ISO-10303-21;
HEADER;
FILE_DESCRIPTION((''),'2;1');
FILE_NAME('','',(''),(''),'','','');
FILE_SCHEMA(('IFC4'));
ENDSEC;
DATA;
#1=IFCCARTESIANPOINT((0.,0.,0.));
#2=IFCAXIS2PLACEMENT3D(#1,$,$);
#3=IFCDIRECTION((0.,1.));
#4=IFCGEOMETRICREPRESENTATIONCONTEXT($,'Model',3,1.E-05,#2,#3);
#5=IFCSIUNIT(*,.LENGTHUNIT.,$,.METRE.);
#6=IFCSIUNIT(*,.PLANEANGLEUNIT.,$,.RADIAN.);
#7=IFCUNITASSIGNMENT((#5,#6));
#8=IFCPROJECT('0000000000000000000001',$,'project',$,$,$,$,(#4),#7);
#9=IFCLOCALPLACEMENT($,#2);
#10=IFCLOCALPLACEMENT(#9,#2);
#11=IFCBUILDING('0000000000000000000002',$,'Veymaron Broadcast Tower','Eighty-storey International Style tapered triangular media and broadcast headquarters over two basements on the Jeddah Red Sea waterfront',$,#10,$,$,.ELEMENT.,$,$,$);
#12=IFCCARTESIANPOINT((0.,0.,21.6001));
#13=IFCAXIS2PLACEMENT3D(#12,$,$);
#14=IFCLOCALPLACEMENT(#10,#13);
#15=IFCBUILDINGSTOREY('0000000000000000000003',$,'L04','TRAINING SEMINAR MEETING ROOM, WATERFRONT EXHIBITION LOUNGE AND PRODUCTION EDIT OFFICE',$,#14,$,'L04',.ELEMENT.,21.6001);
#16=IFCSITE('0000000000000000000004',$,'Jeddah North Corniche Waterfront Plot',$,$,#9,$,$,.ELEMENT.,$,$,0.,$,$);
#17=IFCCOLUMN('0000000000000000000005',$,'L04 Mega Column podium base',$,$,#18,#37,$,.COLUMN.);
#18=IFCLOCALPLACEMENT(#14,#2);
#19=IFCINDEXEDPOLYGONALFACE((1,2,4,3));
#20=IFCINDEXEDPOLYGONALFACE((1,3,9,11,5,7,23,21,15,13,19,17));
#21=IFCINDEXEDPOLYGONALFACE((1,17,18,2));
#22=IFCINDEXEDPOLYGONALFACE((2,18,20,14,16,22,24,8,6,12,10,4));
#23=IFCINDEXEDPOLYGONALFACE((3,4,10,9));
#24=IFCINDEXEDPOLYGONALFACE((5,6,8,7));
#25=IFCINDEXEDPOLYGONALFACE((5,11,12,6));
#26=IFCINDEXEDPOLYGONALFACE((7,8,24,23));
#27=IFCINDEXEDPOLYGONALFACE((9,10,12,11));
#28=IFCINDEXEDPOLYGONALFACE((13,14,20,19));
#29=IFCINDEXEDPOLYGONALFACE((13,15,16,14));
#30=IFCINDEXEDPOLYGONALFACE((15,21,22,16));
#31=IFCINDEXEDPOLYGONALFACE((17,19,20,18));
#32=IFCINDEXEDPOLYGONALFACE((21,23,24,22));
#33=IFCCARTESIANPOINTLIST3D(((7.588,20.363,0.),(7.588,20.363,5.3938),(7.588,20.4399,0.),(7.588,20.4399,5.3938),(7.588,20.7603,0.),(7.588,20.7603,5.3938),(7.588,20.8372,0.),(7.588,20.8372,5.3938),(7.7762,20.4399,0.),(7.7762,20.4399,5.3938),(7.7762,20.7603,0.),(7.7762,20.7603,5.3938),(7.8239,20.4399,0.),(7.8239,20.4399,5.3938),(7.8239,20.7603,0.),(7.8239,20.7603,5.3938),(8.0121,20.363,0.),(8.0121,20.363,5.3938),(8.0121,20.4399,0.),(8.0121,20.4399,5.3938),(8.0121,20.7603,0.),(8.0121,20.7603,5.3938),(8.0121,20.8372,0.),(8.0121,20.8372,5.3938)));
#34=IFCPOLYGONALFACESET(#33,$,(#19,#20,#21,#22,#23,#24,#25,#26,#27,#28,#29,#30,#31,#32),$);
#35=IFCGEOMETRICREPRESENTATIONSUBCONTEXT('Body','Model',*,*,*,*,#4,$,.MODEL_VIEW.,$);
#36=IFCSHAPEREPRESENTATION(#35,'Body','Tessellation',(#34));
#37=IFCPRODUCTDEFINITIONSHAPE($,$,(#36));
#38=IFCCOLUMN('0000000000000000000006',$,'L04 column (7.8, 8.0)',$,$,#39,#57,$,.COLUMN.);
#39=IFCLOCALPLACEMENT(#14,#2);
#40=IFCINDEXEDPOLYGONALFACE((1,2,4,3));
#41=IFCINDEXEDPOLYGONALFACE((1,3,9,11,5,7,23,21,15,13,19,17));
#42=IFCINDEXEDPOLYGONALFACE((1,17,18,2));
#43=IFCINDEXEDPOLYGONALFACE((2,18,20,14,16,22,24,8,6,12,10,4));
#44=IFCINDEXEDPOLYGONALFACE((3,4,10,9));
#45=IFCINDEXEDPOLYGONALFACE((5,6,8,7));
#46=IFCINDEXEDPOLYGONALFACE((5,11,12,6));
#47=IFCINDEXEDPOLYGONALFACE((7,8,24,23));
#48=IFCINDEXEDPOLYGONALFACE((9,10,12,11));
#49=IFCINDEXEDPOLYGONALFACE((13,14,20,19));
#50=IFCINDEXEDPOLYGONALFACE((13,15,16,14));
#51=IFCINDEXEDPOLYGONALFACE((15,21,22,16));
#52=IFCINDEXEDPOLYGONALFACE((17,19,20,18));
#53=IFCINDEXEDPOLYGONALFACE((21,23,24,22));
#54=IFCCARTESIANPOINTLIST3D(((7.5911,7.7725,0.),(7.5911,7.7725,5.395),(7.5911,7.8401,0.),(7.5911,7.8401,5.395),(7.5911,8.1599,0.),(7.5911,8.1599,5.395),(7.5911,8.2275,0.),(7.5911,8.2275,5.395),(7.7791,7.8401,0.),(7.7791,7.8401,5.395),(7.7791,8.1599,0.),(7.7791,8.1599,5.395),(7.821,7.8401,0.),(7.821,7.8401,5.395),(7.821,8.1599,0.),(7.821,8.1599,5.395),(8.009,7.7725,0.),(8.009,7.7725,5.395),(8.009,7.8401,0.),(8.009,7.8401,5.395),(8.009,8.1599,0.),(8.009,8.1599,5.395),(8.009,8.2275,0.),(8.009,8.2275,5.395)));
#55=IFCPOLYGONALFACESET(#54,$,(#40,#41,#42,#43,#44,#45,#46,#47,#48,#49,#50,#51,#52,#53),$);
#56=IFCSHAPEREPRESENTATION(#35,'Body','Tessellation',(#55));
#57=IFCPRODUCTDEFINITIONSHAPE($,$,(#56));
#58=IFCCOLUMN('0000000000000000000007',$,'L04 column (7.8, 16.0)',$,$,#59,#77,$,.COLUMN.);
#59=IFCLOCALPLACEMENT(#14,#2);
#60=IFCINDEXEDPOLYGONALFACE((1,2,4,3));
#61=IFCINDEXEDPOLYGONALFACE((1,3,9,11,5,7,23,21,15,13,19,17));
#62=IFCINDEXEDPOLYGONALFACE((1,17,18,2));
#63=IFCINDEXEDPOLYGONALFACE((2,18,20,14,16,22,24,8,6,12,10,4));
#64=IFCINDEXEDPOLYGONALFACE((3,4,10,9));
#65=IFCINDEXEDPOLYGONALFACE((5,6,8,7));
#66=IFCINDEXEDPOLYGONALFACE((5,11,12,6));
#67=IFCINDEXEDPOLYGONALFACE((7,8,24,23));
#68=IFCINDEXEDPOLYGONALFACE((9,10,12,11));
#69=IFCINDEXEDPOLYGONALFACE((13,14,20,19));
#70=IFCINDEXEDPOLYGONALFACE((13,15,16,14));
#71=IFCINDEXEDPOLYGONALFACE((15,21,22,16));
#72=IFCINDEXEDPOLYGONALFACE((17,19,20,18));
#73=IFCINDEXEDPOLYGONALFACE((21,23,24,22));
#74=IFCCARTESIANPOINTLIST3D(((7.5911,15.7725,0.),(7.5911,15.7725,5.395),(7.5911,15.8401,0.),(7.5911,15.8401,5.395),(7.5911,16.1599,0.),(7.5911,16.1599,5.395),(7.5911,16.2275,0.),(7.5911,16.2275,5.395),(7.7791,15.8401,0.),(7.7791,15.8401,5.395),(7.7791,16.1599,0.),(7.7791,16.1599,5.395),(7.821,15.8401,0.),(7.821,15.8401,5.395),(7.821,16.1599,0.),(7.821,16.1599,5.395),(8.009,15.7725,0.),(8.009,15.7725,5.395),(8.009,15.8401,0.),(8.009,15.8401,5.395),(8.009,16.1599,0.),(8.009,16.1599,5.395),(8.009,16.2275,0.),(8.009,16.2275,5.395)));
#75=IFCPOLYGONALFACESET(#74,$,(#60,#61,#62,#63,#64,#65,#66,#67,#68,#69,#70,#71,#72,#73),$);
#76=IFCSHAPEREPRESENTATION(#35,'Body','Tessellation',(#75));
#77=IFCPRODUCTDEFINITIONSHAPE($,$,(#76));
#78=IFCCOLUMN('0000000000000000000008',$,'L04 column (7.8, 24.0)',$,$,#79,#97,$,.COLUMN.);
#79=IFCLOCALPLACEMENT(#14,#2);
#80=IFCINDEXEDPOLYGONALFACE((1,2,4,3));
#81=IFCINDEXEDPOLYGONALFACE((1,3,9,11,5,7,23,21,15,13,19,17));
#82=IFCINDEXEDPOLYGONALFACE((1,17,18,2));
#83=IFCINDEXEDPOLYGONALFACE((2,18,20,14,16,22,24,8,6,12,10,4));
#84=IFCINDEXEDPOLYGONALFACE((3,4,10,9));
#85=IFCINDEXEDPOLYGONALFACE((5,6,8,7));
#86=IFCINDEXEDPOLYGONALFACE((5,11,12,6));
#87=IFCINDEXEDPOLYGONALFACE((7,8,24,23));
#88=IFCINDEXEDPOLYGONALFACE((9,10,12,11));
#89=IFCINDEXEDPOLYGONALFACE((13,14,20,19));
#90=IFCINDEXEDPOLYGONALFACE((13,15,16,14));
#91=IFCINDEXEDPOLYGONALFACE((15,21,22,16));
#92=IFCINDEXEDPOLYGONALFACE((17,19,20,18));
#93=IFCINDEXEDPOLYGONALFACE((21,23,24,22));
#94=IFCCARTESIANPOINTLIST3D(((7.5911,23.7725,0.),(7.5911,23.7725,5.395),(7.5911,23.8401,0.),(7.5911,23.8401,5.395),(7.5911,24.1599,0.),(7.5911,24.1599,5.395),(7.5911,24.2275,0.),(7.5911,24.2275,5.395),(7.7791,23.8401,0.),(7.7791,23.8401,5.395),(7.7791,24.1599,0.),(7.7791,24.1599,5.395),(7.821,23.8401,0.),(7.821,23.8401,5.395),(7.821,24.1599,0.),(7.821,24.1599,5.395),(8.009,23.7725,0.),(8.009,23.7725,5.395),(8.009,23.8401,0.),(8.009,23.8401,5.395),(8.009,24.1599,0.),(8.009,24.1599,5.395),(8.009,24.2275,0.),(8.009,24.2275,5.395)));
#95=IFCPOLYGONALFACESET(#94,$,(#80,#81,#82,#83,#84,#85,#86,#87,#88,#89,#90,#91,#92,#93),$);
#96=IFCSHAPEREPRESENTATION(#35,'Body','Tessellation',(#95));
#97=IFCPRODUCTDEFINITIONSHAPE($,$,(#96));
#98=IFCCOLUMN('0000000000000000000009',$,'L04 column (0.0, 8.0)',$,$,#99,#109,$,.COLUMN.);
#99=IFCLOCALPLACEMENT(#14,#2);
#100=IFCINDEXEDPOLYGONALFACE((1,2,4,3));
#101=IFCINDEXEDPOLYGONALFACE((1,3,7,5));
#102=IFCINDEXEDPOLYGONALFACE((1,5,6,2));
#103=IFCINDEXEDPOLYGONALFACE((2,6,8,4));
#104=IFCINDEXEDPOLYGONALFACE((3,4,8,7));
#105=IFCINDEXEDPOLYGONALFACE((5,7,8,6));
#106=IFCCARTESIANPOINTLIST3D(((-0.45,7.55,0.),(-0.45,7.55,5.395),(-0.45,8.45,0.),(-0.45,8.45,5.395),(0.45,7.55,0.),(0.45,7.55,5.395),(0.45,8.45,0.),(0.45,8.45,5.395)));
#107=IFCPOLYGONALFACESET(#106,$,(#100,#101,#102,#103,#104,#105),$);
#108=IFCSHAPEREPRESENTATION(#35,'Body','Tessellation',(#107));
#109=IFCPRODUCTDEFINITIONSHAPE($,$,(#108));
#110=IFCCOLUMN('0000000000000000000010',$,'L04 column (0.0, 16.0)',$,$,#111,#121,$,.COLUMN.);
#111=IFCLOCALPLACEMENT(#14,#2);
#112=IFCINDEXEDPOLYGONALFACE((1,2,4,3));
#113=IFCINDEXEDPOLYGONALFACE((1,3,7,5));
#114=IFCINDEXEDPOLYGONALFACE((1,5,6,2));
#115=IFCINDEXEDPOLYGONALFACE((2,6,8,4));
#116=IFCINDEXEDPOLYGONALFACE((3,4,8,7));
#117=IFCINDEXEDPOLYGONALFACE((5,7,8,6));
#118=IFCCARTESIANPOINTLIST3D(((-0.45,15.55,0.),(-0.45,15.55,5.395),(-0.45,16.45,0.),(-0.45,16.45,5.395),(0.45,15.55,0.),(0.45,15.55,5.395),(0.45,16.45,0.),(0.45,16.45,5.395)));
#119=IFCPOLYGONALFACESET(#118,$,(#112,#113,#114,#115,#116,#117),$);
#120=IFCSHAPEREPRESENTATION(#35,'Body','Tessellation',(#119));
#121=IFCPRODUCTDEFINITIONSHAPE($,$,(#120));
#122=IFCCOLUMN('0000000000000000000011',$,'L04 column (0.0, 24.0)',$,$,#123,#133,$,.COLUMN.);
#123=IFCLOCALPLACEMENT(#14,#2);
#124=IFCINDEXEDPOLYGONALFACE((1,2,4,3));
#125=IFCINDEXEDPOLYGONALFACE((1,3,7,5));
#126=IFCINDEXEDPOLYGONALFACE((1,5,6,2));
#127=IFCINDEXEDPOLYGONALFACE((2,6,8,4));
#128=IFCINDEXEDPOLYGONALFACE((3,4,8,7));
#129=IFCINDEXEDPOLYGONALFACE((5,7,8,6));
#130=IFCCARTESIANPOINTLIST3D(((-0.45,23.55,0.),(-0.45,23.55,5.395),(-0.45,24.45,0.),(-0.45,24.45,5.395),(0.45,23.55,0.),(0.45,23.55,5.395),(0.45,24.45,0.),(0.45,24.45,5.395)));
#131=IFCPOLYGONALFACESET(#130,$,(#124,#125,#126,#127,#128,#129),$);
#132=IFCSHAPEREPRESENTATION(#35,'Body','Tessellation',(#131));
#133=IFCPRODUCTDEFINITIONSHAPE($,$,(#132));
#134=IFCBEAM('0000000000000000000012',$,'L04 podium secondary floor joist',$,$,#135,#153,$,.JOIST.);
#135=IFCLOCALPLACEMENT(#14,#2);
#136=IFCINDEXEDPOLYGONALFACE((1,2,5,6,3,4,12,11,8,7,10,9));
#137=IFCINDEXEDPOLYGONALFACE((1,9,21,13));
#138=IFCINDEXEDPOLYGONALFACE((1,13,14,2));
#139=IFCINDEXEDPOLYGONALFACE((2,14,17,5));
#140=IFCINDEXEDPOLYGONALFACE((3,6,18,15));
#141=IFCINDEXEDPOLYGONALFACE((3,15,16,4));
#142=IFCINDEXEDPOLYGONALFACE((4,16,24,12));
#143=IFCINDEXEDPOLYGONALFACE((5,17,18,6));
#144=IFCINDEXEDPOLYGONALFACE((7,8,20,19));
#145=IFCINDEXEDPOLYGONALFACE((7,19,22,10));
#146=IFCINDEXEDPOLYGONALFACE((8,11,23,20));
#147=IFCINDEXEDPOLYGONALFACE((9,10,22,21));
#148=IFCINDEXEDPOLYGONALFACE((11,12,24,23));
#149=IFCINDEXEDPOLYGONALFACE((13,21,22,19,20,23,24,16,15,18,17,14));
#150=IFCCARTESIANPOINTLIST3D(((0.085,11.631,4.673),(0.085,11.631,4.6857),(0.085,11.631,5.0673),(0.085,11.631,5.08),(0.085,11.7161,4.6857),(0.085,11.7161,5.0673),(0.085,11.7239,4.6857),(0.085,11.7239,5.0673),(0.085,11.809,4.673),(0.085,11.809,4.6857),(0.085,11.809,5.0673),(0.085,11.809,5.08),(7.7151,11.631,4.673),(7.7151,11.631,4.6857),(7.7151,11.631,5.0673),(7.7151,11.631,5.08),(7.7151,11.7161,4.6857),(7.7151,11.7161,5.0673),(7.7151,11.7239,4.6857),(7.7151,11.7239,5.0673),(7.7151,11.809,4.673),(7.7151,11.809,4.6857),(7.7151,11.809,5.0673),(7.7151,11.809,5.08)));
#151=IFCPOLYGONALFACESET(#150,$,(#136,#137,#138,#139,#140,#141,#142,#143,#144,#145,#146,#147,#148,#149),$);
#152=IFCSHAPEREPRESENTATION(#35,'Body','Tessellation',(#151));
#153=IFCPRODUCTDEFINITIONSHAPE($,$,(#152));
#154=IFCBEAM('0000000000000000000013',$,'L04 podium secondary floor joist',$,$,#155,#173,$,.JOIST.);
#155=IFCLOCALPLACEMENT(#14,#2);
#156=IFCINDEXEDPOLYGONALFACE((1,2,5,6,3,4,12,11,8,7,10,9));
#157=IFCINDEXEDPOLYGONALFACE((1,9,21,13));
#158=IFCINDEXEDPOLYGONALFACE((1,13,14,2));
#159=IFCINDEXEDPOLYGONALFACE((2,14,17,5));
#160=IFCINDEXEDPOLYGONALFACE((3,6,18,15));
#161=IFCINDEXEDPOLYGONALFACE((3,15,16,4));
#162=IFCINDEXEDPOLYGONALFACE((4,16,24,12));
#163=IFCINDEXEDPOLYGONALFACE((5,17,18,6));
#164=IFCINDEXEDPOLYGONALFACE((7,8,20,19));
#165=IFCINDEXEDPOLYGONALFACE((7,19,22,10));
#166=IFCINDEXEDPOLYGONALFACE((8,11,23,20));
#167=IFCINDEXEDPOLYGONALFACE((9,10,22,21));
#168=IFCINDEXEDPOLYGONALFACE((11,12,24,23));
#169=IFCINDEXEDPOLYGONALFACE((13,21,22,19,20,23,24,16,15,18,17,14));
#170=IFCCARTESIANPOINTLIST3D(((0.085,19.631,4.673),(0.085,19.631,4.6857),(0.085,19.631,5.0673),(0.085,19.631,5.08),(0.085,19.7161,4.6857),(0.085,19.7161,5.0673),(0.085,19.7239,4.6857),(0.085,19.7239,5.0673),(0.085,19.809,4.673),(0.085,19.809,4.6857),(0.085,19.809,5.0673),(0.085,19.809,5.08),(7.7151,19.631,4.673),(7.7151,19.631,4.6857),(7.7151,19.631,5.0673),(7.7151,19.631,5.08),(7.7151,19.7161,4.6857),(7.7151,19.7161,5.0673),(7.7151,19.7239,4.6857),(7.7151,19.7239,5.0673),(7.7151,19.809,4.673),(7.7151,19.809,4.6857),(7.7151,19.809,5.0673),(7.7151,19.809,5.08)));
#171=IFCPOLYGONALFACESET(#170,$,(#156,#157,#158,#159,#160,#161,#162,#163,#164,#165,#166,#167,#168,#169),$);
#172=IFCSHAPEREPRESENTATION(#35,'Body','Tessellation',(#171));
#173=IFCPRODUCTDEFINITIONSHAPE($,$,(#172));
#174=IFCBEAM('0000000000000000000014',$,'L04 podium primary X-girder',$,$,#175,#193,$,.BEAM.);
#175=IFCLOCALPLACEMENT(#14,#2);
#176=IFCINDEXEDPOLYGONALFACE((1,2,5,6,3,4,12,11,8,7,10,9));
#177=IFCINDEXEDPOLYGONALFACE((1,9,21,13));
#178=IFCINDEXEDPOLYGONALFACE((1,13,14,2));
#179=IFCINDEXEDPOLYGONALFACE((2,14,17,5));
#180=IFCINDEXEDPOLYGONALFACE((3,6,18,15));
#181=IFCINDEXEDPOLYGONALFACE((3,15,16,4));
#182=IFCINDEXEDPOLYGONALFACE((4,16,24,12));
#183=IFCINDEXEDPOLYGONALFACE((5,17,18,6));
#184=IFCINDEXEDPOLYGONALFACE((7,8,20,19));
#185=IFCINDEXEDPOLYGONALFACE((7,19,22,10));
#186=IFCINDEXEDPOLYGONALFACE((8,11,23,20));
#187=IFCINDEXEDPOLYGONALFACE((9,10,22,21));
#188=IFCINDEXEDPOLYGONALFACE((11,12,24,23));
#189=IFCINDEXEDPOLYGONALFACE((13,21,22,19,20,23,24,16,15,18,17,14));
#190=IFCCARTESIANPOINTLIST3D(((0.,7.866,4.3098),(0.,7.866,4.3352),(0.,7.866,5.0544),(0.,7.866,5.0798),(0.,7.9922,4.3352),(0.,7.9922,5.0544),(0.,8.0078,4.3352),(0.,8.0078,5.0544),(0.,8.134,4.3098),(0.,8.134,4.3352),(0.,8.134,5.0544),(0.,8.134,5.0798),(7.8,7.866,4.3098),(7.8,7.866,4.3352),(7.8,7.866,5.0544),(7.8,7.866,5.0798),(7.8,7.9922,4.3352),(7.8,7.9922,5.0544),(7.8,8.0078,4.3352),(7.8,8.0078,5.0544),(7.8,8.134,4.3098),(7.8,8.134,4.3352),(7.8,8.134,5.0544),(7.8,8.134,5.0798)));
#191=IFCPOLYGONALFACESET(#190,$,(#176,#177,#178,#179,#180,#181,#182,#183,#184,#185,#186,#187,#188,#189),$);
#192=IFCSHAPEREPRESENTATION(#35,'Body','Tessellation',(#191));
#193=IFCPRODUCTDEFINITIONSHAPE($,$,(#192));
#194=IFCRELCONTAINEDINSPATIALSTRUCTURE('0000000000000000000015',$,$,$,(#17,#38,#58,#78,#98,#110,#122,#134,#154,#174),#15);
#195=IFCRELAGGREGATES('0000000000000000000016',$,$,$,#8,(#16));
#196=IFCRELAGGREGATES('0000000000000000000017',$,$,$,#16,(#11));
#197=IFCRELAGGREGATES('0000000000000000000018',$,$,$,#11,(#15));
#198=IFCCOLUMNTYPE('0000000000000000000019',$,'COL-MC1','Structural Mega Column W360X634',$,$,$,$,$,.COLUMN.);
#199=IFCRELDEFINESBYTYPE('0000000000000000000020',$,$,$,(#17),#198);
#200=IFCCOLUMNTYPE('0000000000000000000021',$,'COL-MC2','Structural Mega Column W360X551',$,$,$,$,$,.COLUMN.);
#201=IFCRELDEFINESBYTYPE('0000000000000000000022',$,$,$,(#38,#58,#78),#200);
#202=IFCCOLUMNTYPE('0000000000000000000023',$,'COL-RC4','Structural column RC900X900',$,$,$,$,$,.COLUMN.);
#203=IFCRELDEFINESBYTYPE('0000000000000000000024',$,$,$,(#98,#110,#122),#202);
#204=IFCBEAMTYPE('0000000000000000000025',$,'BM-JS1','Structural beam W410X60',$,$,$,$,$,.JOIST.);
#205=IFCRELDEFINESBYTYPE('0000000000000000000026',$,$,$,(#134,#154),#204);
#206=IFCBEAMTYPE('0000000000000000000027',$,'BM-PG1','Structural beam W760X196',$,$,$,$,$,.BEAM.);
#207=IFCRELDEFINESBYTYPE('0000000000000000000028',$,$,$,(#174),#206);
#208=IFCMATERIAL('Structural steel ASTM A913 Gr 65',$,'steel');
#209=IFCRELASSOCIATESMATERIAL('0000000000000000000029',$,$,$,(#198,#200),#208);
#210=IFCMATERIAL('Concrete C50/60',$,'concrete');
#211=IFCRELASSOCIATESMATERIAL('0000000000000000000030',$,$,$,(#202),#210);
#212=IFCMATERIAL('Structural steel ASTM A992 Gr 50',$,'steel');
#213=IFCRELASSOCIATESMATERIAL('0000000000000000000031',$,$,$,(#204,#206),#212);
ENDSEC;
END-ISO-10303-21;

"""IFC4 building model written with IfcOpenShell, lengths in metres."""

from ifc_helpers import new_model, si_unit, direction, frame, origin, origin_2d, place, context, subcontext, project, spatial, rectangle, i_section, extrude, material, material_profile, profile_set, type_object, element, save


model = new_model("IFC4")

# Units and contexts
model_context = context("Model", 3, precision=1e-05, world=origin(), true_north=direction((0.0, 1.0)))
body_context = subcontext(model_context, "Body", "Model", "MODEL_VIEW")
ifc_project = project(units=[si_unit("LENGTHUNIT", "METRE"), si_unit("PLANEANGLEUNIT", "RADIAN")], contexts=[model_context])

# Site, building, storey
site_placement = place(None, origin())
site = spatial("IfcSite", under=ifc_project, at=site_placement, Name="Jeddah North Corniche Waterfront Plot", CompositionType="ELEMENT", RefElevation=0.0)
building_placement = place(site_placement, origin())
building = spatial("IfcBuilding", under=site, at=building_placement, Name="Veymaron Broadcast Tower", Description="Eighty-storey International Style tapered triangular media and broadcast headquarters over two basements on the Jeddah Red Sea waterfront", CompositionType="ELEMENT")
storey_placement = place(building_placement, frame((0.0, 0.0, 21.6001)))
storey = spatial("IfcBuildingStorey", under=building, at=storey_placement, Name="L04", Description="TRAINING SEMINAR MEETING ROOM, WATERFRONT EXHIBITION LOUNGE AND PRODUCTION EDIT OFFICE", LongName="L04", CompositionType="ELEMENT", Elevation=21.6001)

# Columns
ifc_material_1 = material(Name="Structural steel ASTM A913 Gr 65", Category="steel")
ifc_material_profile_1 = material_profile(ifc_material_1, i_section(OverallWidth=0.4241, OverallDepth=0.4741, WebThickness=0.0476, FlangeThickness=0.0769, at=origin_2d()), Name="W360X634")
ifc_profile_set_1 = profile_set([ifc_material_profile_1], Name="Structural steel ASTM A913 Gr 65")
column_type_1 = type_object("IfcColumnType", Name="COL-MC1", Description="Structural Mega Column W360X634", PredefinedType="COLUMN", material=ifc_profile_set_1)
column_placement = place(storey_placement, frame((7.8, 20.6001, 0.0), z_axis=(0.0, 0.0, 1.0), x_axis=(1.0, 0.0, 0.0)))
element("IfcColumn", 1, at=column_placement, inside=storey, type_object=column_type_1, Name="L04 Mega Column podium base", PredefinedType="COLUMN", context=body_context, shape_type="SweptSolid", body=[
    extrude(i_section(OverallWidth=0.4241, OverallDepth=0.4741, WebThickness=0.0476, FlangeThickness=0.0769, at=origin_2d()), origin(), (0.0, 0.0, 1.0), 5.3938),
])
ifc_material_profile_2 = material_profile(ifc_material_1, i_section(OverallWidth=0.418, OverallDepth=0.4551, WebThickness=0.042, FlangeThickness=0.0676, at=origin_2d()), Name="W360X551")
ifc_profile_set_2 = profile_set([ifc_material_profile_2], Name="Structural steel ASTM A913 Gr 65")
column_type_2 = type_object("IfcColumnType", Name="COL-MC2", Description="Structural Mega Column W360X551", PredefinedType="COLUMN", material=ifc_profile_set_2)
for number, where, z_axis, x_axis, name in (
    (2, (7.8, 8.0, 0.0), (0.0, 0.0, 1.0), (1.0, 0.0, 0.0), "L04 column (7.8, 8.0)"),
    (3, (7.8, 16.0, 0.0), (0.0, 0.0, 1.0), (1.0, 0.0, 0.0), "L04 column (7.8, 16.0)"),
    (4, (7.8, 24.0, 0.0), (0.0, 0.0, 1.0), (1.0, 0.0, 0.0), "L04 column (7.8, 24.0)"),
):
    element("IfcColumn", number, at=place(storey_placement, frame(where, z_axis=z_axis, x_axis=x_axis)), inside=storey, type_object=column_type_2, Name=name, PredefinedType="COLUMN", context=body_context, shape_type="SweptSolid", body=[
        extrude(i_section(OverallWidth=0.418, OverallDepth=0.4551, WebThickness=0.042, FlangeThickness=0.0676, at=origin_2d()), origin(), (0.0, 0.0, 1.0), 5.395),
    ])
ifc_material_2 = material(Name="Concrete C50/60", Category="concrete")
ifc_material_profile_3 = material_profile(ifc_material_2, rectangle(XDim=0.8999, YDim=0.8999, at=origin_2d()), Name="RC900X900")
ifc_profile_set_3 = profile_set([ifc_material_profile_3], Name="Concrete C50/60")
column_type_3 = type_object("IfcColumnType", Name="COL-RC4", Description="Structural column RC900X900", PredefinedType="COLUMN", material=ifc_profile_set_3)
for number, where, z_axis, x_axis, name in (
    (5, (0.0, 8.0, 0.0), (0.0, 0.0, 1.0), (1.0, 0.0, 0.0), "L04 column (0.0, 8.0)"),
    (6, (0.0, 16.0, 0.0), (0.0, 0.0, 1.0), (1.0, 0.0, 0.0), "L04 column (0.0, 16.0)"),
    (7, (0.0, 24.0, 0.0), (0.0, 0.0, 1.0), (1.0, 0.0, 0.0), "L04 column (0.0, 24.0)"),
):
    element("IfcColumn", number, at=place(storey_placement, frame(where, z_axis=z_axis, x_axis=x_axis)), inside=storey, type_object=column_type_3, Name=name, PredefinedType="COLUMN", context=body_context, shape_type="SweptSolid", body=[
        extrude(rectangle(XDim=0.8999, YDim=0.8999, at=origin_2d()), origin(), (0.0, 0.0, 1.0), 5.395),
    ])

# Beams
ifc_material_3 = material(Name="Structural steel ASTM A992 Gr 50", Category="steel")
ifc_material_profile_4 = material_profile(ifc_material_3, i_section(OverallWidth=0.178, OverallDepth=0.407, WebThickness=0.0078, FlangeThickness=0.0127, at=origin_2d()), Name="W410X60")
ifc_profile_set_4 = profile_set([ifc_material_profile_4], Name="Structural steel ASTM A992 Gr 50")
beam_type_1 = type_object("IfcBeamType", Name="BM-JS1", Description="Structural beam W410X60", PredefinedType="JOIST", material=ifc_profile_set_4)
for number, where, z_axis, x_axis, name in (
    (8, (0.085, 11.72, 4.8765), (1.0, 0.0, 0.0), (0.0, 1.0, 0.0), "L04 podium secondary floor joist"),
    (9, (0.085, 19.72, 4.8765), (1.0, 0.0, 0.0), (0.0, 1.0, 0.0), "L04 podium secondary floor joist"),
):
    element("IfcBeam", number, at=place(storey_placement, frame(where, z_axis=z_axis, x_axis=x_axis)), inside=storey, type_object=beam_type_1, Name=name, PredefinedType="JOIST", context=body_context, shape_type="SweptSolid", body=[
        extrude(i_section(OverallWidth=0.178, OverallDepth=0.407, WebThickness=0.0078, FlangeThickness=0.0127, at=origin_2d()), origin(), (0.0, 0.0, 1.0), 7.6301),
    ])
ifc_material_profile_5 = material_profile(ifc_material_3, i_section(OverallWidth=0.2681, OverallDepth=0.77, WebThickness=0.0156, FlangeThickness=0.0254, at=origin_2d()), Name="W760X196")
ifc_profile_set_5 = profile_set([ifc_material_profile_5], Name="Structural steel ASTM A992 Gr 50")
beam_type_2 = type_object("IfcBeamType", Name="BM-PG1", Description="Structural beam W760X196", PredefinedType="BEAM", material=ifc_profile_set_5)
for number, where, z_axis, x_axis, name in (
    (10, (0.0, 8.0, 4.6948), (1.0, 0.0, 0.0), (0.0, 1.0, 0.0), "L04 podium primary X-girder"),
):
    element("IfcBeam", number, at=place(storey_placement, frame(where, z_axis=z_axis, x_axis=x_axis)), inside=storey, type_object=beam_type_2, Name=name, PredefinedType="BEAM", context=body_context, shape_type="SweptSolid", body=[
        extrude(i_section(OverallWidth=0.2681, OverallDepth=0.77, WebThickness=0.0156, FlangeThickness=0.0254, at=origin_2d()), origin(), (0.0, 0.0, 1.0), 7.8),
    ])

save(model, "model.ifc")
